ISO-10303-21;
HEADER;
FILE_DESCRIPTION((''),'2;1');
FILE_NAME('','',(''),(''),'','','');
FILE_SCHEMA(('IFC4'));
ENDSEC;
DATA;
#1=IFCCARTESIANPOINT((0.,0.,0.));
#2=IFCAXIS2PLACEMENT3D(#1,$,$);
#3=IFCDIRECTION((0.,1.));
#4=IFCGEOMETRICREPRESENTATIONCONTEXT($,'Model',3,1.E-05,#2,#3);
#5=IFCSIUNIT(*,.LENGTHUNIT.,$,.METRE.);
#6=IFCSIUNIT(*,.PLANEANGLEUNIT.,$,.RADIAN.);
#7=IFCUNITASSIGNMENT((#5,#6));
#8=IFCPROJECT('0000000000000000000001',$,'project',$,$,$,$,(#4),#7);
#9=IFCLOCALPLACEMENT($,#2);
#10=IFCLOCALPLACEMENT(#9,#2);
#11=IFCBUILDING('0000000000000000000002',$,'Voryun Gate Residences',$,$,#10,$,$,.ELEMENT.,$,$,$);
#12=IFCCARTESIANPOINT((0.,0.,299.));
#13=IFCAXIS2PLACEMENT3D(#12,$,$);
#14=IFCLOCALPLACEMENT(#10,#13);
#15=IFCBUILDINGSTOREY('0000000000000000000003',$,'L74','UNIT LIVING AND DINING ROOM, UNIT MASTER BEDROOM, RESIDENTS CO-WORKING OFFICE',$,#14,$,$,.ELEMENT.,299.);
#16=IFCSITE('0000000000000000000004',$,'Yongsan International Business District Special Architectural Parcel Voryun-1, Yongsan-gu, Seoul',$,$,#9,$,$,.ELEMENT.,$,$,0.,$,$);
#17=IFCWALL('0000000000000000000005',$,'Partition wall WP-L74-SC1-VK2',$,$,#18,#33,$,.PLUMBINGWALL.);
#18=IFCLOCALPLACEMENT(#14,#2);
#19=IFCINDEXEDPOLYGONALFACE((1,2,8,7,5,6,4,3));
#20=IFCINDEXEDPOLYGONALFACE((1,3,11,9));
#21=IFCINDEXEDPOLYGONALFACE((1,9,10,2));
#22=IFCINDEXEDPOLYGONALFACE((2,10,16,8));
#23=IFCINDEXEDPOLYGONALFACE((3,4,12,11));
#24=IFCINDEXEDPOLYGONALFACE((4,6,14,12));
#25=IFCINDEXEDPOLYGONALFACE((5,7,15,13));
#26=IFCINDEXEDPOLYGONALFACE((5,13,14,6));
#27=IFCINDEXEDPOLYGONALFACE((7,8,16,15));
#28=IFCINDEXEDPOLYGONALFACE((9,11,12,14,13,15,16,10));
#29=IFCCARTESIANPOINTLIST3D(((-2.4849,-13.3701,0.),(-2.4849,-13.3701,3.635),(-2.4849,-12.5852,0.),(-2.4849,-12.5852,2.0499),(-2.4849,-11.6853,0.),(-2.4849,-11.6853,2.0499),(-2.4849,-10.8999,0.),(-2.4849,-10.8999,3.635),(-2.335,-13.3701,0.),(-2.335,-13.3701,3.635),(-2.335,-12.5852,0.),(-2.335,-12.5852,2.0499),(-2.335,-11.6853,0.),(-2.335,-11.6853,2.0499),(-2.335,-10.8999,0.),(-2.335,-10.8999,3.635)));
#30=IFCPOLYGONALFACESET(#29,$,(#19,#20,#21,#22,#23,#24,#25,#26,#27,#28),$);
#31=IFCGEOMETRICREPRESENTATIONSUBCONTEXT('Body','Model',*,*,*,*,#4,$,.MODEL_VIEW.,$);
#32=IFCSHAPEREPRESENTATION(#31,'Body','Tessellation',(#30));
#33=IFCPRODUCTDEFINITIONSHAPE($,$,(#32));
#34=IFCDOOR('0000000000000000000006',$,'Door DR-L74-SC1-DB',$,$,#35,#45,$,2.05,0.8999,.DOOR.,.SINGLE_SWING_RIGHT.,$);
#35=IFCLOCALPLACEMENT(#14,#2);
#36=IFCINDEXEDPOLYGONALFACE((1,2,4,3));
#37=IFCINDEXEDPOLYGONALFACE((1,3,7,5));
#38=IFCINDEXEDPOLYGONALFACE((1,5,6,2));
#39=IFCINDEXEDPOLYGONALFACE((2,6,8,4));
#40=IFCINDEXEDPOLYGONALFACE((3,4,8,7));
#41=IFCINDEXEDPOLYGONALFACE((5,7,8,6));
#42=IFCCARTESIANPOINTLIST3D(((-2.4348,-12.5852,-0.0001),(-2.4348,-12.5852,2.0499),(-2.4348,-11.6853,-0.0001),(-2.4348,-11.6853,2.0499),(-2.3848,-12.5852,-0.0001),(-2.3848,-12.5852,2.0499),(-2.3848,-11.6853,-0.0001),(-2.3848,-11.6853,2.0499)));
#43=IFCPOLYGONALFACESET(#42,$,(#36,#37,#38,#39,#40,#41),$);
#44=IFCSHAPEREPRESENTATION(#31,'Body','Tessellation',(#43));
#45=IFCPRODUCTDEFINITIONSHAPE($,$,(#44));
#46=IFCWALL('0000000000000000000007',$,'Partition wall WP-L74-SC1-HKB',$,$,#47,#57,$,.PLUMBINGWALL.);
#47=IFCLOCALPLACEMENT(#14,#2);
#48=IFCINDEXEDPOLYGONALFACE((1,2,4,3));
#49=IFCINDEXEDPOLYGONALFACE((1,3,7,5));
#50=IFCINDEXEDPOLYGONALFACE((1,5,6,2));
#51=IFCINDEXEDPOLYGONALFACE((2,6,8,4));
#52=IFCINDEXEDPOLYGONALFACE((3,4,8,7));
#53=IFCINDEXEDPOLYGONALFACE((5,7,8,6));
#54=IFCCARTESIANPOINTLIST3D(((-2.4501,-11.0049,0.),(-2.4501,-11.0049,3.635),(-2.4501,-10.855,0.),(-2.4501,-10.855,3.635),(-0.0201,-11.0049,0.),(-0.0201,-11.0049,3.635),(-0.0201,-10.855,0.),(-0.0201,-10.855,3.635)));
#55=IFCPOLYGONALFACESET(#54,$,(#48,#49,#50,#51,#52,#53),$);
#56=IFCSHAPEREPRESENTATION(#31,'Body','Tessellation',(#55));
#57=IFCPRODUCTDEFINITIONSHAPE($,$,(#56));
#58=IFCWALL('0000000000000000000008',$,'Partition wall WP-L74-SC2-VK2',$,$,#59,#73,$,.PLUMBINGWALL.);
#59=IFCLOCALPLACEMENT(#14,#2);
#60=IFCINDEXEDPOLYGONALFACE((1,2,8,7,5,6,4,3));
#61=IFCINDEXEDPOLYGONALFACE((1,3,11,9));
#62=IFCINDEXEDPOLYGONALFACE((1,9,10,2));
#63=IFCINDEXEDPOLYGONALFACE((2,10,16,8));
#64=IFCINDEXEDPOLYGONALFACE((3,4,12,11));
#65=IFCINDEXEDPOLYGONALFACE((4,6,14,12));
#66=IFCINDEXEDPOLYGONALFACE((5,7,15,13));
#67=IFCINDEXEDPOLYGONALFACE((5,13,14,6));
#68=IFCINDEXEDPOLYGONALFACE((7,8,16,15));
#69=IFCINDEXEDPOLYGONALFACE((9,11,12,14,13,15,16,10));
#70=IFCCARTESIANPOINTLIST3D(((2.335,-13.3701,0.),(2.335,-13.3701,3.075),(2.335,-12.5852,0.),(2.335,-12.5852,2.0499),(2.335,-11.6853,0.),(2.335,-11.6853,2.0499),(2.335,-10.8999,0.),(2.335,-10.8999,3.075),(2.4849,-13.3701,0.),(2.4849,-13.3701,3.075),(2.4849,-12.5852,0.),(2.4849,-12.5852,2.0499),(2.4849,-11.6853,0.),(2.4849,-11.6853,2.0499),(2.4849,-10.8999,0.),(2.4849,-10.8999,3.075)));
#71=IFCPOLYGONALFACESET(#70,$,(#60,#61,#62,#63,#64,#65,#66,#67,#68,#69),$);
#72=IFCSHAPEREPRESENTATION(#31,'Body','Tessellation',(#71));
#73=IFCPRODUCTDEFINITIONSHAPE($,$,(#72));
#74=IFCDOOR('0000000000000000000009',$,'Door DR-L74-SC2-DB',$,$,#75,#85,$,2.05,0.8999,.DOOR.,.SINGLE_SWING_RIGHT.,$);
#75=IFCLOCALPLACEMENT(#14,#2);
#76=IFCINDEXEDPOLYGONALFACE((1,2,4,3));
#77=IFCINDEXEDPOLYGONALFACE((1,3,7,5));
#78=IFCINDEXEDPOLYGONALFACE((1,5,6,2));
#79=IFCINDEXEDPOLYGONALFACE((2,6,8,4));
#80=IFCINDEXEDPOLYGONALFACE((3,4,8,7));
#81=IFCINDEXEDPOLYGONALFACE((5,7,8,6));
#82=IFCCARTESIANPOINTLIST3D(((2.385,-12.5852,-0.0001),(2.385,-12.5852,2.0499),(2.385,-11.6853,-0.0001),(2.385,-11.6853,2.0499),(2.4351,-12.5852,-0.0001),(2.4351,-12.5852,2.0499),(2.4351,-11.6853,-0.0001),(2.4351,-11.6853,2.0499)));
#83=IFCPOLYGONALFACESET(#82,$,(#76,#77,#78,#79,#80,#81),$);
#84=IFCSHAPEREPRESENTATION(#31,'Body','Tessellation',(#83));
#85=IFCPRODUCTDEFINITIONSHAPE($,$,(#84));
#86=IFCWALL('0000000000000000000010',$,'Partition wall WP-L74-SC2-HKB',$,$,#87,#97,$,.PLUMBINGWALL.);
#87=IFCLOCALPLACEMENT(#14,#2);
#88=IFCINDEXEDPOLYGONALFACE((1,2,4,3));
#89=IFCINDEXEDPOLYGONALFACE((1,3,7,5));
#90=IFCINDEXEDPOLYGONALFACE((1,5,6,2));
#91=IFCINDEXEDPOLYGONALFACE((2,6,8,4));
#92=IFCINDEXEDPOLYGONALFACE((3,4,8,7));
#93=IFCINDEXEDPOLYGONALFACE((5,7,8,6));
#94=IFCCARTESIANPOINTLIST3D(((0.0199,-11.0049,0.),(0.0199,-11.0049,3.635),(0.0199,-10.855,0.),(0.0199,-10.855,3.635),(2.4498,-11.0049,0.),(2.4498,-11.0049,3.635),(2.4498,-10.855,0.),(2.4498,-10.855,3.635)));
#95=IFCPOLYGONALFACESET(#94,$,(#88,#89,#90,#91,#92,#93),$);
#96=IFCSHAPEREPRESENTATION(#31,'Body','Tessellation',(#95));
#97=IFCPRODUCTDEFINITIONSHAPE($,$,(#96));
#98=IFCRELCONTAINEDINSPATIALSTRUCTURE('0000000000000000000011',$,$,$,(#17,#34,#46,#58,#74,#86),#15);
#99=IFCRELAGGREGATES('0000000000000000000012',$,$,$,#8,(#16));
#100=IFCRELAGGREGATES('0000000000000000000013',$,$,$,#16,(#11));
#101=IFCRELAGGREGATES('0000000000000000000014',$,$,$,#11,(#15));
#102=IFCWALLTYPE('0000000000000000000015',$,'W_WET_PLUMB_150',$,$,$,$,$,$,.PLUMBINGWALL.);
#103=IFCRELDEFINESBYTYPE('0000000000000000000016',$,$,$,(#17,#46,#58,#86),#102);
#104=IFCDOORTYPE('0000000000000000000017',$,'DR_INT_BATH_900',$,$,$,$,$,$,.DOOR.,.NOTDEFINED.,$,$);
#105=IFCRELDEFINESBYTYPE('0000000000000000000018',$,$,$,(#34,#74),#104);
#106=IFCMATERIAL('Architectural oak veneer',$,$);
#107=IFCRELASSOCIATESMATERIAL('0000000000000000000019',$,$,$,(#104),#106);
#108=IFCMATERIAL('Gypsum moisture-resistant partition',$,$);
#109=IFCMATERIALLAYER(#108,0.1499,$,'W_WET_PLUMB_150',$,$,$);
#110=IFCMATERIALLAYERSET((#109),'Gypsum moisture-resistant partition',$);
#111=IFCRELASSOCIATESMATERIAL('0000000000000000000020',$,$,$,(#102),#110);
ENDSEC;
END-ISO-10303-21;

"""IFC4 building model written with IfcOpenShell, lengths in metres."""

from ifc_helpers import new_model, si_unit, direction, frame, frame_2d, origin, place, context, subcontext, project, spatial, rectangle, extrude, material, layer, layer_set, type_object, element, fill, save


model = new_model("IFC4")

# Units and contexts
model_context = context("Model", 3, precision=1e-05, world=origin(), true_north=direction((0.0, 1.0)))
body_context = subcontext(model_context, "Body", "Model", "MODEL_VIEW")
ifc_project = project(units=[si_unit("LENGTHUNIT", "METRE"), si_unit("PLANEANGLEUNIT", "RADIAN")], contexts=[model_context])

# Site, building, storey
site_placement = place(None, origin())
site = spatial("IfcSite", under=ifc_project, at=site_placement, Name="Yongsan International Business District Special Architectural Parcel Voryun-1, Yongsan-gu, Seoul", CompositionType="ELEMENT", RefElevation=0.0)
building_placement = place(site_placement, origin())
building = spatial("IfcBuilding", under=site, at=building_placement, Name="Voryun Gate Residences", CompositionType="ELEMENT")
storey_placement = place(building_placement, frame((0.0, 0.0, 299.0)))
storey = spatial("IfcBuildingStorey", under=building, at=storey_placement, Name="L74", Description="UNIT LIVING AND DINING ROOM, UNIT MASTER BEDROOM, RESIDENTS CO-WORKING OFFICE", CompositionType="ELEMENT", Elevation=299.0)

# Shared definitions
ifc_material_1 = material(Name="Architectural oak veneer")
door_type_1 = type_object("IfcDoorType", Name="DR_INT_BATH_900", OperationType="NOTDEFINED", PredefinedType="DOOR", material=ifc_material_1)

# Wall, opening, door
ifc_material_2 = material(Name="Gypsum moisture-resistant partition")
ifc_layer_1 = layer(ifc_material_2, 0.1499, Name="W_WET_PLUMB_150")
ifc_layer_set_1 = layer_set([ifc_layer_1], Name="Gypsum moisture-resistant partition")
wall_type_1 = type_object("IfcWallType", Name="W_WET_PLUMB_150", PredefinedType="PLUMBINGWALL", material=ifc_layer_set_1)
wall_1_placement = place(storey_placement, frame((-2.4099, -13.3701, 0.0), z_axis=(0.0, 0.0, 1.0), x_axis=(0.0, 1.0, 0.0)))
wall_1 = element("IfcWall", 1, at=wall_1_placement, inside=storey, type_object=wall_type_1, Name="Partition wall WP-L74-SC1-VK2", PredefinedType="PLUMBINGWALL", context=body_context, shape_type="SweptSolid", body=[
    extrude(rectangle(XDim=2.4702, YDim=0.1499, at=frame_2d((1.2351, 0.0))), origin(), (0.0, 0.0, 1.0), 3.635),
])
opening_1_placement = place(wall_1_placement, frame((0.7849, 0.0, 0.0)))
opening_1 = element("IfcOpeningElement", 2, at=opening_1_placement, cuts=wall_1, PredefinedType="OPENING", context=body_context, shape_type="SweptSolid", body=[
    extrude(rectangle(XDim=0.8999, YDim=2.05, at=frame_2d((0.45, 1.0249))), frame((0.0, 0.085, 0.0), z_axis=(0.0, -1.0, 0.0), x_axis=(1.0, 0.0, 0.0)), (0.0, 0.0, 1.0), 0.1699),
])
door_1_placement = place(opening_1_placement, origin())
door_1 = element("IfcDoor", 3, at=door_1_placement, inside=storey, type_object=door_type_1, Name="Door DR-L74-SC1-DB", OperationType="SINGLE_SWING_RIGHT", OverallHeight=2.05, OverallWidth=0.8999, PredefinedType="DOOR", context=body_context, shape_type="SweptSolid", body=[
    extrude(rectangle(XDim=0.8999, YDim=2.05, at=frame_2d((0.45, 1.0249))), frame((0.0, 0.0249, 0.0), z_axis=(0.0, -1.0, 0.0), x_axis=(1.0, 0.0, 0.0)), (0.0, 0.0, 1.0), 0.05),
])
fill(opening_1, door_1)

# Wall
wall_2_placement = place(storey_placement, frame((-2.45, -10.9299, 0.0), z_axis=(0.0, 0.0, 1.0), x_axis=(1.0, 0.0, 0.0)))
element("IfcWall", 4, at=wall_2_placement, inside=storey, type_object=wall_type_1, Name="Partition wall WP-L74-SC1-HKB", PredefinedType="PLUMBINGWALL", context=body_context, shape_type="SweptSolid", body=[
    extrude(rectangle(XDim=2.4299, YDim=0.1499, at=frame_2d((1.2148, 0.0))), origin(), (0.0, 0.0, 1.0), 3.635),
])

# Wall, opening, door
wall_3_placement = place(storey_placement, frame((2.4099, -13.3701, 0.0), z_axis=(0.0, 0.0, 1.0), x_axis=(0.0, 1.0, 0.0)))
wall_3 = element("IfcWall", 5, at=wall_3_placement, inside=storey, type_object=wall_type_1, Name="Partition wall WP-L74-SC2-VK2", PredefinedType="PLUMBINGWALL", context=body_context, shape_type="SweptSolid", body=[
    extrude(rectangle(XDim=2.4702, YDim=0.1499, at=frame_2d((1.2351, 0.0))), origin(), (0.0, 0.0, 1.0), 3.075),
])
opening_2_placement = place(wall_3_placement, frame((0.7849, 0.0, 0.0)))
opening_2 = element("IfcOpeningElement", 6, at=opening_2_placement, cuts=wall_3, PredefinedType="OPENING", context=body_context, shape_type="SweptSolid", body=[
    extrude(rectangle(XDim=0.8999, YDim=2.05, at=frame_2d((0.45, 1.0249))), frame((0.0, 0.085, 0.0), z_axis=(0.0, -1.0, 0.0), x_axis=(1.0, 0.0, 0.0)), (0.0, 0.0, 1.0), 0.1699),
])
door_2_placement = place(opening_2_placement, origin())
door_2 = element("IfcDoor", 7, at=door_2_placement, inside=storey, type_object=door_type_1, Name="Door DR-L74-SC2-DB", OperationType="SINGLE_SWING_RIGHT", OverallHeight=2.05, OverallWidth=0.8999, PredefinedType="DOOR", context=body_context, shape_type="SweptSolid", body=[
    extrude(rectangle(XDim=0.8999, YDim=2.05, at=frame_2d((0.45, 1.0249))), frame((0.0, 0.0249, 0.0), z_axis=(0.0, -1.0, 0.0), x_axis=(1.0, 0.0, 0.0)), (0.0, 0.0, 1.0), 0.05),
])
fill(opening_2, door_2)

# Wall
wall_4_placement = place(storey_placement, frame((0.02, -10.9299, 0.0), z_axis=(0.0, 0.0, 1.0), x_axis=(1.0, 0.0, 0.0)))
element("IfcWall", 8, at=wall_4_placement, inside=storey, type_object=wall_type_1, Name="Partition wall WP-L74-SC2-HKB", PredefinedType="PLUMBINGWALL", context=body_context, shape_type="SweptSolid", body=[
    extrude(rectangle(XDim=2.4299, YDim=0.1499, at=frame_2d((1.2148, 0.0))), origin(), (0.0, 0.0, 1.0), 3.635),
])

save(model, "model.ifc")
